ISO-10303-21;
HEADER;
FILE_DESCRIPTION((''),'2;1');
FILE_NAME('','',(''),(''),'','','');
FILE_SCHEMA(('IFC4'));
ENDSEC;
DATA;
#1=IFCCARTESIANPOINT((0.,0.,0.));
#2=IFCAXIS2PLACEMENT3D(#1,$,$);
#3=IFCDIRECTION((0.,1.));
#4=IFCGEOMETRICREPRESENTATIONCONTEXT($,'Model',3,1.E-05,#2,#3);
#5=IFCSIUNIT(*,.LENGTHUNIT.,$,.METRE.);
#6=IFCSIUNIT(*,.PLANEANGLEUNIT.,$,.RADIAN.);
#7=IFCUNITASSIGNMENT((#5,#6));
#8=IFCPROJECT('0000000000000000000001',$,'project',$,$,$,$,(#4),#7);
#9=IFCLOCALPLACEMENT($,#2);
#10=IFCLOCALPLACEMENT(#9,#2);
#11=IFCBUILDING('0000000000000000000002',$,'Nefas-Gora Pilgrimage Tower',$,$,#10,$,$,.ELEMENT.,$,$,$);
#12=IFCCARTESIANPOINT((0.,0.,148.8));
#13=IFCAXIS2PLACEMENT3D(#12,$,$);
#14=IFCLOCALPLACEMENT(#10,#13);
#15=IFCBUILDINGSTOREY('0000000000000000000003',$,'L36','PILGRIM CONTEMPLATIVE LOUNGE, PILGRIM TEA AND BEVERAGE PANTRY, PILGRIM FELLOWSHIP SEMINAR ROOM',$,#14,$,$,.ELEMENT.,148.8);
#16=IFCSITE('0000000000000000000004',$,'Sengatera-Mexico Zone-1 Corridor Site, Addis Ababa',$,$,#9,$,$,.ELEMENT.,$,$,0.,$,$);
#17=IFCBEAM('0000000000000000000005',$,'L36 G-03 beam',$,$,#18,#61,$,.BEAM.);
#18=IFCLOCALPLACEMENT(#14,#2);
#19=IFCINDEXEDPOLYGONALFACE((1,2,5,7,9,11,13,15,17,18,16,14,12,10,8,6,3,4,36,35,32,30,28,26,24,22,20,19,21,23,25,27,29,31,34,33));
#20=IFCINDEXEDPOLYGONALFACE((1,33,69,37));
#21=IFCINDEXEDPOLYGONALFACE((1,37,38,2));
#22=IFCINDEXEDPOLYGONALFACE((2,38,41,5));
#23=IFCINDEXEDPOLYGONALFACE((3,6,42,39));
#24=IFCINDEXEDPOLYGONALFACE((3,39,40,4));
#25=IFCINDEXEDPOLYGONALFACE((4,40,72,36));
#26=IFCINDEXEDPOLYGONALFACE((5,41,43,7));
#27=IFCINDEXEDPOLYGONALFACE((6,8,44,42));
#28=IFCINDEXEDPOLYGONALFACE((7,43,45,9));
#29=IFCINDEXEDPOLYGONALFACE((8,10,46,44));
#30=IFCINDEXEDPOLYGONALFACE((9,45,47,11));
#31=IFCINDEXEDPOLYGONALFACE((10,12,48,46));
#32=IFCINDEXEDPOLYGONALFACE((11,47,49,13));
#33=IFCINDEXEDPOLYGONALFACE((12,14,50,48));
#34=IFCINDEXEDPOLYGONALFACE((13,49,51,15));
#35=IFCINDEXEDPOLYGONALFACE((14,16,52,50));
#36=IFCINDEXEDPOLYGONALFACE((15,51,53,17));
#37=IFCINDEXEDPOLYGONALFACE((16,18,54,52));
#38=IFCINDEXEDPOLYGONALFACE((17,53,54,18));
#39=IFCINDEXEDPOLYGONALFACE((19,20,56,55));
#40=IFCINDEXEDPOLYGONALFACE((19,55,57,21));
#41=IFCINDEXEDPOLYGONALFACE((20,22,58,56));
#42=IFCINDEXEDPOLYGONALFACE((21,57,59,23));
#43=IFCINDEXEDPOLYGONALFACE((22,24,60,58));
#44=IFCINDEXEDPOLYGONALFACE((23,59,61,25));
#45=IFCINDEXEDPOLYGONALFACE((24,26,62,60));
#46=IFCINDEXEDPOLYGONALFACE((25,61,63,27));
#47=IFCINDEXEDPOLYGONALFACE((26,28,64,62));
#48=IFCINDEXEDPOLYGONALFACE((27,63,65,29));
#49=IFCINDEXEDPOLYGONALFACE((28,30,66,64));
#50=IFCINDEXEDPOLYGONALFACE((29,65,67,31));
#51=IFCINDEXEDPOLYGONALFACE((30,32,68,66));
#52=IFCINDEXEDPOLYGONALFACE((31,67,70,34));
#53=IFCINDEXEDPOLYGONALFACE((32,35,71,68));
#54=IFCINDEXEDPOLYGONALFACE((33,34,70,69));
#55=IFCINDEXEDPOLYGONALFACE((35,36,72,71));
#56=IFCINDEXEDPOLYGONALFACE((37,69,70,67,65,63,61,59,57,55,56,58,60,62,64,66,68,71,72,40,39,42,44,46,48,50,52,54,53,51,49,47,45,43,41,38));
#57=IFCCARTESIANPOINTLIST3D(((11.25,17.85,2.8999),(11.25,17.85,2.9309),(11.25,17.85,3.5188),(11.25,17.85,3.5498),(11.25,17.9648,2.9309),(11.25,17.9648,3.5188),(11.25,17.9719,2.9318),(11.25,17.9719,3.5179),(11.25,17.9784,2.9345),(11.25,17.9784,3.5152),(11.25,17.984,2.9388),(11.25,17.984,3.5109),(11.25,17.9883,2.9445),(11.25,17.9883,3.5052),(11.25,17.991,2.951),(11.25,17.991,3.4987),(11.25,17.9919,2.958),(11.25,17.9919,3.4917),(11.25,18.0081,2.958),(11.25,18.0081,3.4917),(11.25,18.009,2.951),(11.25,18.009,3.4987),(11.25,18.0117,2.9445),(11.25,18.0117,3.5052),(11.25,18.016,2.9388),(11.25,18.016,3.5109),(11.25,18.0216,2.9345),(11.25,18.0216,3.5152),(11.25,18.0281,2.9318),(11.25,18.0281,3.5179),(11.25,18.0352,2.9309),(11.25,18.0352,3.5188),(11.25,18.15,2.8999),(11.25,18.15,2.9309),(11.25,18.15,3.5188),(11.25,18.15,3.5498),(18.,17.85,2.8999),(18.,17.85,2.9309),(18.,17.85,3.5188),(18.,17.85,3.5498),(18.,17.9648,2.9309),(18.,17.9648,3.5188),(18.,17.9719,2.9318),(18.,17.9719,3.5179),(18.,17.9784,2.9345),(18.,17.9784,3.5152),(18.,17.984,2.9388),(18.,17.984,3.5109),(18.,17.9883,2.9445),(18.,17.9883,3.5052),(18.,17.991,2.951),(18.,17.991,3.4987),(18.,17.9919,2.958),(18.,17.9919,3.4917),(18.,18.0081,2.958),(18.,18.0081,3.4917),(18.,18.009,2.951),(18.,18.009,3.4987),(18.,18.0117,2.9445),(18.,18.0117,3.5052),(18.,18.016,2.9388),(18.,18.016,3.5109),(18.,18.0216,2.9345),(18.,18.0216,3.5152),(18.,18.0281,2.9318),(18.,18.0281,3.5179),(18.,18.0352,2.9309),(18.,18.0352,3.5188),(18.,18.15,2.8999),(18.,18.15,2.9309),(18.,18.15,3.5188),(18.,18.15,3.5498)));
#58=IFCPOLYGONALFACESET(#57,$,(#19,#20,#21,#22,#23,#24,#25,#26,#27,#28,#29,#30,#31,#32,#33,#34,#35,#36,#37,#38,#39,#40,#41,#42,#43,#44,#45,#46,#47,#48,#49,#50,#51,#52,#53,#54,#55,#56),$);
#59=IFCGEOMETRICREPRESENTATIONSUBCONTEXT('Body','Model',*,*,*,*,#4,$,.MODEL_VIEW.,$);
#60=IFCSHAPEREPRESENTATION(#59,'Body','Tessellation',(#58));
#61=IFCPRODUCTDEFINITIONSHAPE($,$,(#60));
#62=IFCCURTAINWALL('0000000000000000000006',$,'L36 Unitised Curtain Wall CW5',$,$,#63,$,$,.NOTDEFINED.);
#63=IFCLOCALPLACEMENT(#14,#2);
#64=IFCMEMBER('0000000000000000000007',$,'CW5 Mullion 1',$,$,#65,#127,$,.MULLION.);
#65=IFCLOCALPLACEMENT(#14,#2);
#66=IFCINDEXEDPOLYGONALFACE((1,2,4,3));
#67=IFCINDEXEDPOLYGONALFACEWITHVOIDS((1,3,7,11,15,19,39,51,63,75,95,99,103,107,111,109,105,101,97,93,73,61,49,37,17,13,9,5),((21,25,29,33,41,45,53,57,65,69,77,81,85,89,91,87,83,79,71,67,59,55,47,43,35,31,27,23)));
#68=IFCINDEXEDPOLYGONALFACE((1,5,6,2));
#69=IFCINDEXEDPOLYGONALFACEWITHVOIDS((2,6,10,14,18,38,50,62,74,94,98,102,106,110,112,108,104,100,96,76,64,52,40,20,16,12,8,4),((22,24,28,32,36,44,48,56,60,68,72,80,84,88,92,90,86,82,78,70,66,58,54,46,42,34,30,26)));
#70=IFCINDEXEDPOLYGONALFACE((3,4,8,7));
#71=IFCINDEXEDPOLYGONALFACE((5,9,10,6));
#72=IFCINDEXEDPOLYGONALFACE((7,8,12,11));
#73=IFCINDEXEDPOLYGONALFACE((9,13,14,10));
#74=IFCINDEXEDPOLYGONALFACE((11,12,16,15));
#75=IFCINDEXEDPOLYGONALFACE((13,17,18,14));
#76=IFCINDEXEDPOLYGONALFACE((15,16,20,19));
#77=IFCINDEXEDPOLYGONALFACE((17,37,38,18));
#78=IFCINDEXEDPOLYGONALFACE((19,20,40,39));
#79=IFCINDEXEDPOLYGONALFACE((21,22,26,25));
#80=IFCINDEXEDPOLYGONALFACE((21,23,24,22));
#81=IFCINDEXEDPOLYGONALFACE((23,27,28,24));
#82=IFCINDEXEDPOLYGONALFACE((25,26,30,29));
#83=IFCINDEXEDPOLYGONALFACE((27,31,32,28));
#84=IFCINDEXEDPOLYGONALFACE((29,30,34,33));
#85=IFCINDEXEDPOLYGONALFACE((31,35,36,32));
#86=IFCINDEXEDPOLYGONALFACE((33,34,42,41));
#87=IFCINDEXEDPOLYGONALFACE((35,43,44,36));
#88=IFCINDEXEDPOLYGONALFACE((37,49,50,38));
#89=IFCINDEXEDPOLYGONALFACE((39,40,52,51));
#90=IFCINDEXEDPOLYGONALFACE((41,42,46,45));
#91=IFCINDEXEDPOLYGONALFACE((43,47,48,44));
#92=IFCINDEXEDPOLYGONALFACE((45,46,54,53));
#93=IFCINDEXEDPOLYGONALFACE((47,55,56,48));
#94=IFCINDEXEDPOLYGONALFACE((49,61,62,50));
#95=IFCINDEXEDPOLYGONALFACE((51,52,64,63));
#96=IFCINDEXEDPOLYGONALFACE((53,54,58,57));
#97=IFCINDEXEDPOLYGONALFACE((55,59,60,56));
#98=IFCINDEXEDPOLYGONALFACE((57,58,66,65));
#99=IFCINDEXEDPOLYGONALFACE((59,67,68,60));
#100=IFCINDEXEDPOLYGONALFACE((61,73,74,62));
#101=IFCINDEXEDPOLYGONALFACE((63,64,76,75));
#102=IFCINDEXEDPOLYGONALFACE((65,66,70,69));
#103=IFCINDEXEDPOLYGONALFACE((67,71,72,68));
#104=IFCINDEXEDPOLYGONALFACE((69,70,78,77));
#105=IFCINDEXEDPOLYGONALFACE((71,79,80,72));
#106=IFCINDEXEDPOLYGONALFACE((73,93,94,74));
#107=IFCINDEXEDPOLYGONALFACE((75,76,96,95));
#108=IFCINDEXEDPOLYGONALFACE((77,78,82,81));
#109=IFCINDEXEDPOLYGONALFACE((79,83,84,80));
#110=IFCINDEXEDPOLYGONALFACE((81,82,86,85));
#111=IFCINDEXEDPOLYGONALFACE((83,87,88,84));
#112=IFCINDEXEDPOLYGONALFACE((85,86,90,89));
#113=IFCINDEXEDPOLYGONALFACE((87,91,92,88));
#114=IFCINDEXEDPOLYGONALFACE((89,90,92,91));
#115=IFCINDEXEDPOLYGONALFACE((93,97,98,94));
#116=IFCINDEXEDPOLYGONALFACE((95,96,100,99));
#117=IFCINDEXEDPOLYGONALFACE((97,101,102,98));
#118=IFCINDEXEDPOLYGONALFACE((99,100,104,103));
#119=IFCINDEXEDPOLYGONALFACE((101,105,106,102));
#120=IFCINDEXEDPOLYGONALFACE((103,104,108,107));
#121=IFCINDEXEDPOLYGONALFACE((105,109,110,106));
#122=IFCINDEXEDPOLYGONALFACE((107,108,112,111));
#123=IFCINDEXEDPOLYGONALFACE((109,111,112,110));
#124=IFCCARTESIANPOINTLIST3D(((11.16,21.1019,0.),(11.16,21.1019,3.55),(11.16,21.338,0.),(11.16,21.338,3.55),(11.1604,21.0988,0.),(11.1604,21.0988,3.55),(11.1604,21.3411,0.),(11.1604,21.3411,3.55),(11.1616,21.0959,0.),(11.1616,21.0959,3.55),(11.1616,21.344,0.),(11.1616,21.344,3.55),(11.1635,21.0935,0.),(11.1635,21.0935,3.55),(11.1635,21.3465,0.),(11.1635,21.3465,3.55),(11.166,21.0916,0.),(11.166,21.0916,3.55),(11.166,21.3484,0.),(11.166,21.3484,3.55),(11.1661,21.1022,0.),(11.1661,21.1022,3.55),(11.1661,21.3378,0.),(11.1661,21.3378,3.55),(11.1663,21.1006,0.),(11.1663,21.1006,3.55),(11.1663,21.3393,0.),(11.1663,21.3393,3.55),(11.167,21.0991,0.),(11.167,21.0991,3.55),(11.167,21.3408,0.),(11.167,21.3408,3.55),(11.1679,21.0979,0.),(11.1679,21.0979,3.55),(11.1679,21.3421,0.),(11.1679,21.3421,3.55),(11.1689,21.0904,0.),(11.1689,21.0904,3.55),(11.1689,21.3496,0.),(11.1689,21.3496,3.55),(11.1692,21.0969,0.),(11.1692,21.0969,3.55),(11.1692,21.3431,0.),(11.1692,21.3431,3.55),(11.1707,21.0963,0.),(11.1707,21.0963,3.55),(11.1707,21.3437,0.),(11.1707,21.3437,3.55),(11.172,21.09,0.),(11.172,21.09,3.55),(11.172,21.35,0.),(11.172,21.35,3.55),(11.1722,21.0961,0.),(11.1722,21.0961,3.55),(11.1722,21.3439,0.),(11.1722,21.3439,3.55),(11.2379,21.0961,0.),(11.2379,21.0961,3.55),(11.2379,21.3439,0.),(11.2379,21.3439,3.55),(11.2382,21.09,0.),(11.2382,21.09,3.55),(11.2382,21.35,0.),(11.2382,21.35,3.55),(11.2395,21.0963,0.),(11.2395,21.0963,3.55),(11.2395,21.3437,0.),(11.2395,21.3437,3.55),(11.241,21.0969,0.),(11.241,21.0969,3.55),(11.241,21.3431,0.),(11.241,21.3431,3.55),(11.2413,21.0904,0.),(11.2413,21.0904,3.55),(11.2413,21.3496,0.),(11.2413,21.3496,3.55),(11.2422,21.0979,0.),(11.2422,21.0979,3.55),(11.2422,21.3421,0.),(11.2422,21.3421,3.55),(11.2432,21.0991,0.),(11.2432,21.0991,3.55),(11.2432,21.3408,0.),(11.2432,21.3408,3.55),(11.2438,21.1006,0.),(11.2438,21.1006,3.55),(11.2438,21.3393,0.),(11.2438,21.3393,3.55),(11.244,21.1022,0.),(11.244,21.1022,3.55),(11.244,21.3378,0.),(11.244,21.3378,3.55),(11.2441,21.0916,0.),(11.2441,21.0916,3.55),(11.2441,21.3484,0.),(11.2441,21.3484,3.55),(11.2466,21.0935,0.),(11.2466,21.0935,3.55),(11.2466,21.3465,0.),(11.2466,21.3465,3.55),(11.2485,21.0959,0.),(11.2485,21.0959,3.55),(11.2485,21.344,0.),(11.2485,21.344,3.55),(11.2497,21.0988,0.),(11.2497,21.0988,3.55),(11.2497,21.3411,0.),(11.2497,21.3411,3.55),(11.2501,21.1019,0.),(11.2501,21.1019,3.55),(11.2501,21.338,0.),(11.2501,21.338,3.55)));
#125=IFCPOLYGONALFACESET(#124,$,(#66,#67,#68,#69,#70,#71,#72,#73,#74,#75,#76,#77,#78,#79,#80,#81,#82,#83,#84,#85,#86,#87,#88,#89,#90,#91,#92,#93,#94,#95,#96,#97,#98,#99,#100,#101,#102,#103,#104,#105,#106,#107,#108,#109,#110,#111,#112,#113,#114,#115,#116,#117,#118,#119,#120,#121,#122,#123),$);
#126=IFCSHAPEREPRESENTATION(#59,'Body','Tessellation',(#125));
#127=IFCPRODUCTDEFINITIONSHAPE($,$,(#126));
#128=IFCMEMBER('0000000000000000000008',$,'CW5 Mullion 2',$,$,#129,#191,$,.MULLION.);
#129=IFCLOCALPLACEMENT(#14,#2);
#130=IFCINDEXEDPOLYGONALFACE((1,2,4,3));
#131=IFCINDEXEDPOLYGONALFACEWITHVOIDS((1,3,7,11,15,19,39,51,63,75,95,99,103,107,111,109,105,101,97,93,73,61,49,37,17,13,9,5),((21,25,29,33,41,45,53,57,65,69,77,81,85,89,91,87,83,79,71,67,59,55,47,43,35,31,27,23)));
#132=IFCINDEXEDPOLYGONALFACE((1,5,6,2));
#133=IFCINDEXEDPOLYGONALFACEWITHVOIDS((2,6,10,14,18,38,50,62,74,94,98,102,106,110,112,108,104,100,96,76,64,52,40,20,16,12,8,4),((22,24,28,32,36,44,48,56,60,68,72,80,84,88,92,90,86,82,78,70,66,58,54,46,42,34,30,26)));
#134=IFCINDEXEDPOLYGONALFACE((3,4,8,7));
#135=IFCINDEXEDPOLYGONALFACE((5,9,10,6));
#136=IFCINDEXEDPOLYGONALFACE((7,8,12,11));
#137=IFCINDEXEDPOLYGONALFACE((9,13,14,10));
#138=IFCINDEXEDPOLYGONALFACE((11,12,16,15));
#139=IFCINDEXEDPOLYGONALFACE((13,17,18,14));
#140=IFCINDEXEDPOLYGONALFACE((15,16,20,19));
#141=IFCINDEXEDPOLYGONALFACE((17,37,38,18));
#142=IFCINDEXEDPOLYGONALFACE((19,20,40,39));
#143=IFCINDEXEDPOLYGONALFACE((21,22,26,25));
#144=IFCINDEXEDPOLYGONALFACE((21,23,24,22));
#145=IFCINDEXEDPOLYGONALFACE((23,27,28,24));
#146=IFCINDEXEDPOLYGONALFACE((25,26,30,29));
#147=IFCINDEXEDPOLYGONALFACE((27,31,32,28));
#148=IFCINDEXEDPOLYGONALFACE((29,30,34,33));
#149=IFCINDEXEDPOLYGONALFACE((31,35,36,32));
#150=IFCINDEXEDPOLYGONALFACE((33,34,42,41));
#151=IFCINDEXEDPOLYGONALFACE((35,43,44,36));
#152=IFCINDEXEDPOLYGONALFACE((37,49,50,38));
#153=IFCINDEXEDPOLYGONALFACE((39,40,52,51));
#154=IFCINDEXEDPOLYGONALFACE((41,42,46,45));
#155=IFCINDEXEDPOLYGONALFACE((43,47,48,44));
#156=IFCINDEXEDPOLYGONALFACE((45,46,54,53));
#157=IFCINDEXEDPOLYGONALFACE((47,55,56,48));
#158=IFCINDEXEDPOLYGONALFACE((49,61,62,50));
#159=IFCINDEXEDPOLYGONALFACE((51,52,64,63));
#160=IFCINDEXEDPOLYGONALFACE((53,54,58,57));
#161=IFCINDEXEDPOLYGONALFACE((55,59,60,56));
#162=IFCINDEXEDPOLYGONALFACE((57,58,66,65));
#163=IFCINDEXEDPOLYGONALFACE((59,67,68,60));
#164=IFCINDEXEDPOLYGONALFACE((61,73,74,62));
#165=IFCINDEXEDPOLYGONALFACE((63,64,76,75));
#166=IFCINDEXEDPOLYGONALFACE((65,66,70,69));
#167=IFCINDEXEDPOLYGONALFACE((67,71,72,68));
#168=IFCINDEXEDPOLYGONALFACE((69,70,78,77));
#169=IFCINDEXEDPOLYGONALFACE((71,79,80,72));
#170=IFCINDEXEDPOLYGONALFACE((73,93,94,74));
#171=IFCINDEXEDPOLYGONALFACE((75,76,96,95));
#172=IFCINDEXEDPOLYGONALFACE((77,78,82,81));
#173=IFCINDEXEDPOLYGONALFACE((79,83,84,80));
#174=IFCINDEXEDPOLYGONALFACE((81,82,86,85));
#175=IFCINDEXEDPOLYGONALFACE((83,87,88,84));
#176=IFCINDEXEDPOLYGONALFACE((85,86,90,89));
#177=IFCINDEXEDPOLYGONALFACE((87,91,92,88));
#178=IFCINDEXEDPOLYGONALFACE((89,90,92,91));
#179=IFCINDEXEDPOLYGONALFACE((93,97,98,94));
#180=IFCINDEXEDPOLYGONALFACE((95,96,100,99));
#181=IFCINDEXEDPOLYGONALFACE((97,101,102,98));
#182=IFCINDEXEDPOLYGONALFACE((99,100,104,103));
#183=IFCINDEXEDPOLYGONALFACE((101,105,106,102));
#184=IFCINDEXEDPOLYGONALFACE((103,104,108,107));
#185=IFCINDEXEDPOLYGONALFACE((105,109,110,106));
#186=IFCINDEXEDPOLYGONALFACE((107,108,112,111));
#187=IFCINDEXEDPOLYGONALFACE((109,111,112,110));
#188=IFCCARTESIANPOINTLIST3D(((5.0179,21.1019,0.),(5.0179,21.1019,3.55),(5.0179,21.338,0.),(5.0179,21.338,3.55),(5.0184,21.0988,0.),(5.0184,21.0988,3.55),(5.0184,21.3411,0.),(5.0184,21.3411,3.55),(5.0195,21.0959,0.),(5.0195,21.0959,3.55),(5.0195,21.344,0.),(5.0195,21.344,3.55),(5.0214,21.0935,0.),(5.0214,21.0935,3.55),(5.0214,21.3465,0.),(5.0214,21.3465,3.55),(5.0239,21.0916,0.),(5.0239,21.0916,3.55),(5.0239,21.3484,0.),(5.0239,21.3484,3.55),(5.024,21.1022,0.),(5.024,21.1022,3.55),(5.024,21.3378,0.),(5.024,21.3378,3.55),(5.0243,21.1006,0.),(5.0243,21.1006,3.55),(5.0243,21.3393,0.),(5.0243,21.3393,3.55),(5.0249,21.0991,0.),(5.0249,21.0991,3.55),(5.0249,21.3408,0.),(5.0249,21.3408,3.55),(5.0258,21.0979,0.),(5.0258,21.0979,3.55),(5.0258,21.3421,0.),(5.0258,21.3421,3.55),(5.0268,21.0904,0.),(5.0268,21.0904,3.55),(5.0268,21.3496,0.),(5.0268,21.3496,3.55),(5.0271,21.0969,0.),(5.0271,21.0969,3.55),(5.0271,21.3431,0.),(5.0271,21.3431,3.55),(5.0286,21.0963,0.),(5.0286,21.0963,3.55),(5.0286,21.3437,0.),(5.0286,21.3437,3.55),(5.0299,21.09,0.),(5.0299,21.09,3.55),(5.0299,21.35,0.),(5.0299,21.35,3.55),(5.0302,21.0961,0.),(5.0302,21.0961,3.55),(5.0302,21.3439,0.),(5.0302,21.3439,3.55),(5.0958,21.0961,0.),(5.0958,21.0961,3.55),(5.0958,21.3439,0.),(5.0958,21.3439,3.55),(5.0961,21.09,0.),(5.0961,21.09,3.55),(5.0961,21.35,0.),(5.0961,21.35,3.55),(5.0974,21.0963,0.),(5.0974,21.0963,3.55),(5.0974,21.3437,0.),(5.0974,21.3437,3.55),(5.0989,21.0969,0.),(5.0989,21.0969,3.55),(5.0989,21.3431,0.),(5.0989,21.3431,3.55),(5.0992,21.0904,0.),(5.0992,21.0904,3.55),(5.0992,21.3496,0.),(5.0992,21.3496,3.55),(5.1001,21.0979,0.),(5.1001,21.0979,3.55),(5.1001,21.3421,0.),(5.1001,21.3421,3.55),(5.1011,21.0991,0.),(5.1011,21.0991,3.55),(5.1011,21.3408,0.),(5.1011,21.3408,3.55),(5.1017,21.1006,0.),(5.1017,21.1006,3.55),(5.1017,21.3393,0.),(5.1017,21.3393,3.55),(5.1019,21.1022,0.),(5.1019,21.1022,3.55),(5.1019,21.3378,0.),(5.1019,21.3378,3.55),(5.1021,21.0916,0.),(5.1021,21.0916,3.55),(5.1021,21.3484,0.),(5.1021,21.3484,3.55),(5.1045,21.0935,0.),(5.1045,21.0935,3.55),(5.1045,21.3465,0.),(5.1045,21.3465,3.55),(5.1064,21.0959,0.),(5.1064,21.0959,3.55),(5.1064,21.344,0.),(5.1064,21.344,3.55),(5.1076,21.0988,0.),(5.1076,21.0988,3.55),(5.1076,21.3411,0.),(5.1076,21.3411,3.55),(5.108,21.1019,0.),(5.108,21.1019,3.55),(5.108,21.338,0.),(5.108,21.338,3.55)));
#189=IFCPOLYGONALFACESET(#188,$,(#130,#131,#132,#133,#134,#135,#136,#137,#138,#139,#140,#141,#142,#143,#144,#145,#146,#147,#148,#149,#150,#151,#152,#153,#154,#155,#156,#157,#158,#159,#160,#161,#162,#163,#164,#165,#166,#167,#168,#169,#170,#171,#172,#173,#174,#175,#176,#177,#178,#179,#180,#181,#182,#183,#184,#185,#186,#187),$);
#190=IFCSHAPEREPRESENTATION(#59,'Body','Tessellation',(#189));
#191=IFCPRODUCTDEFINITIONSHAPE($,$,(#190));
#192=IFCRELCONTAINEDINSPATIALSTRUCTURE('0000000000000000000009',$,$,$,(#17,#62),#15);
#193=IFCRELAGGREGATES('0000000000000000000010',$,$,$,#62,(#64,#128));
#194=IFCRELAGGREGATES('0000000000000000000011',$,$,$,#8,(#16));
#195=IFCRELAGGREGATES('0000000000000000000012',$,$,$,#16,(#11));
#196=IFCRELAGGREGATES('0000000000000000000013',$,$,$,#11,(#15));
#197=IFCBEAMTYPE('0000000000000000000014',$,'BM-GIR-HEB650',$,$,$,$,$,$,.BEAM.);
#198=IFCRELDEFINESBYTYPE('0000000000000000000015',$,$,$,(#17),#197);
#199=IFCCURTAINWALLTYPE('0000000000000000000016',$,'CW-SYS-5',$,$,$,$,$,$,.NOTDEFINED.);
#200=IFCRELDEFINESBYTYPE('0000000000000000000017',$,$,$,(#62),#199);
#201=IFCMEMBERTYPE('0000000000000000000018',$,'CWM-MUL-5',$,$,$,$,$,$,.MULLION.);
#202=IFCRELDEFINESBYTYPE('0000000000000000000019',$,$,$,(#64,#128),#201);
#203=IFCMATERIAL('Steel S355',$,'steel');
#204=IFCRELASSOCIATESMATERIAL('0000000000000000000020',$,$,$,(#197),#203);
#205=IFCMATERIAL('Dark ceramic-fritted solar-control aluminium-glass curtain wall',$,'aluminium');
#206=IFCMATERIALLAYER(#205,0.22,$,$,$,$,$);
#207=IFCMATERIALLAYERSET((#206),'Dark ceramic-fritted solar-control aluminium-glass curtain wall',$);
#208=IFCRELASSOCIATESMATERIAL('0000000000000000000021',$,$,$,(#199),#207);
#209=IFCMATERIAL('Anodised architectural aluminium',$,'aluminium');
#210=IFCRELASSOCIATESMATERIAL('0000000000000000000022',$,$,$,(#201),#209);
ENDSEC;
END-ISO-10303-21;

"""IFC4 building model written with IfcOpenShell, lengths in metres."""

from ifc_helpers import new_model, si_unit, direction, frame, origin, origin_2d, place, context, subcontext, project, spatial, hollow_rectangle, i_section, extrude, source, transform, mapped, material, layer, layer_set, material_profile, profile_set, type_object, element, aggregate, save


model = new_model("IFC4")

# Units and contexts
model_context = context("Model", 3, precision=1e-05, world=origin(), true_north=direction((0.0, 1.0)))
body_context = subcontext(model_context, "Body", "Model", "MODEL_VIEW")
ifc_project = project(units=[si_unit("LENGTHUNIT", "METRE"), si_unit("PLANEANGLEUNIT", "RADIAN")], contexts=[model_context])

# Site, building, storey
site_placement = place(None, origin())
site = spatial("IfcSite", under=ifc_project, at=site_placement, Name="Sengatera-Mexico Zone-1 Corridor Site, Addis Ababa", CompositionType="ELEMENT", RefElevation=0.0)
building_placement = place(site_placement, origin())
building = spatial("IfcBuilding", under=site, at=building_placement, Name="Nefas-Gora Pilgrimage Tower", CompositionType="ELEMENT")
storey_placement = place(building_placement, frame((0.0, 0.0, 148.8)))
storey = spatial("IfcBuildingStorey", under=building, at=storey_placement, Name="L36", Description="PILGRIM CONTEMPLATIVE LOUNGE, PILGRIM TEA AND BEVERAGE PANTRY, PILGRIM FELLOWSHIP SEMINAR ROOM", CompositionType="ELEMENT", Elevation=148.8)

# Beam
ifc_material_1 = material(Name="Steel S355", Category="steel")
ifc_material_profile_1 = material_profile(ifc_material_1, i_section(OverallWidth=0.3, OverallDepth=0.6499, WebThickness=0.0161, FlangeThickness=0.031, FilletRadius=0.0271, at=origin_2d()), Name="HEB 650")
ifc_profile_set_1 = profile_set([ifc_material_profile_1], Name="Steel S355")
beam_type = type_object("IfcBeamType", Name="BM-GIR-HEB650", PredefinedType="BEAM", material=ifc_profile_set_1)
shared_shape_1 = source(origin(), body_context, "Body", "SweptSolid", [
    extrude(i_section(OverallWidth=0.3, OverallDepth=0.6499, WebThickness=0.0161, FlangeThickness=0.031, FilletRadius=0.0271, at=origin_2d()), origin(), (0.0, 0.0, 1.0), 6.75),
])
beam_placement = place(storey_placement, frame((11.25, 18.0, 3.2249), z_axis=(1.0, 0.0, 0.0), x_axis=(0.0, 1.0, 0.0)))
element("IfcBeam", 1, at=beam_placement, inside=storey, type_object=beam_type, Name="L36 G-03 beam", PredefinedType="BEAM", context=body_context, shape_type="MappedRepresentation", body=[
    mapped(shared_shape_1, transform((0.0, 0.0, 0.0), x_axis=(1.0, 0.0, 0.0), y_axis=(0.0, 1.0, 0.0), z_axis=(0.0, 0.0, 1.0), scale=1.0)),
])

# Curtain wall, members
ifc_material_2 = material(Name="Dark ceramic-fritted solar-control aluminium-glass curtain wall", Category="aluminium")
ifc_layer_1 = layer(ifc_material_2, 0.22)
ifc_layer_set_1 = layer_set([ifc_layer_1], Name="Dark ceramic-fritted solar-control aluminium-glass curtain wall")
curtain_wall_type_1 = type_object("IfcCurtainWallType", Name="CW-SYS-5", PredefinedType="NOTDEFINED", material=ifc_layer_set_1)
curtain_wall_1_placement = place(storey_placement, origin())
curtain_wall_1 = element("IfcCurtainWall", 2, at=curtain_wall_1_placement, inside=storey, type_object=curtain_wall_type_1, Name="L36 Unitised Curtain Wall CW5", PredefinedType="NOTDEFINED")
ifc_material_3 = material(Name="Anodised architectural aluminium", Category="aluminium")
ifc_material_profile_2 = material_profile(ifc_material_3, hollow_rectangle(XDim=0.0901, YDim=0.26, WallThickness=0.0061, InnerFilletRadius=0.0061, OuterFilletRadius=0.012, at=origin_2d()), Name="ALU MULLION 90x260")
ifc_profile_set_2 = profile_set([ifc_material_profile_2], Name="Anodised architectural aluminium")
member_type_1 = type_object("IfcMemberType", Name="CWM-MUL-5", PredefinedType="MULLION", material=ifc_profile_set_2)
shared_shape_2 = source(origin(), body_context, "Body", "SweptSolid", [
    extrude(hollow_rectangle(XDim=0.0901, YDim=0.26, WallThickness=0.0061, InnerFilletRadius=0.0061, OuterFilletRadius=0.012, at=origin_2d()), origin(), (0.0, 0.0, 1.0), 3.55),
])
member_1_placement = place(storey_placement, frame((11.2051, 21.22, 0.0), z_axis=(0.0, 0.0, 1.0), x_axis=(-1.0, 0.0, 0.0)))
member_1 = element("IfcMember", 3, at=member_1_placement, type_object=member_type_1, Name="CW5 Mullion 1", PredefinedType="MULLION", context=body_context, shape_type="MappedRepresentation", body=[
    mapped(shared_shape_2, transform((0.0, 0.0, 0.0), x_axis=(1.0, 0.0, 0.0), y_axis=(0.0, 1.0, 0.0), z_axis=(0.0, 0.0, 1.0), scale=1.0)),
])
member_2_placement = place(storey_placement, frame((5.063, 21.22, 0.0), z_axis=(0.0, 0.0, 1.0), x_axis=(-1.0, 0.0, 0.0)))
member_2 = element("IfcMember", 4, at=member_2_placement, type_object=member_type_1, Name="CW5 Mullion 2", PredefinedType="MULLION", context=body_context, shape_type="MappedRepresentation", body=[
    mapped(shared_shape_2, transform((0.0, 0.0, 0.0), x_axis=(1.0, 0.0, 0.0), y_axis=(0.0, 1.0, 0.0), z_axis=(0.0, 0.0, 1.0), scale=1.0)),
])

aggregate(curtain_wall_1, [member_1, member_2])

save(model, "model.ifc")
